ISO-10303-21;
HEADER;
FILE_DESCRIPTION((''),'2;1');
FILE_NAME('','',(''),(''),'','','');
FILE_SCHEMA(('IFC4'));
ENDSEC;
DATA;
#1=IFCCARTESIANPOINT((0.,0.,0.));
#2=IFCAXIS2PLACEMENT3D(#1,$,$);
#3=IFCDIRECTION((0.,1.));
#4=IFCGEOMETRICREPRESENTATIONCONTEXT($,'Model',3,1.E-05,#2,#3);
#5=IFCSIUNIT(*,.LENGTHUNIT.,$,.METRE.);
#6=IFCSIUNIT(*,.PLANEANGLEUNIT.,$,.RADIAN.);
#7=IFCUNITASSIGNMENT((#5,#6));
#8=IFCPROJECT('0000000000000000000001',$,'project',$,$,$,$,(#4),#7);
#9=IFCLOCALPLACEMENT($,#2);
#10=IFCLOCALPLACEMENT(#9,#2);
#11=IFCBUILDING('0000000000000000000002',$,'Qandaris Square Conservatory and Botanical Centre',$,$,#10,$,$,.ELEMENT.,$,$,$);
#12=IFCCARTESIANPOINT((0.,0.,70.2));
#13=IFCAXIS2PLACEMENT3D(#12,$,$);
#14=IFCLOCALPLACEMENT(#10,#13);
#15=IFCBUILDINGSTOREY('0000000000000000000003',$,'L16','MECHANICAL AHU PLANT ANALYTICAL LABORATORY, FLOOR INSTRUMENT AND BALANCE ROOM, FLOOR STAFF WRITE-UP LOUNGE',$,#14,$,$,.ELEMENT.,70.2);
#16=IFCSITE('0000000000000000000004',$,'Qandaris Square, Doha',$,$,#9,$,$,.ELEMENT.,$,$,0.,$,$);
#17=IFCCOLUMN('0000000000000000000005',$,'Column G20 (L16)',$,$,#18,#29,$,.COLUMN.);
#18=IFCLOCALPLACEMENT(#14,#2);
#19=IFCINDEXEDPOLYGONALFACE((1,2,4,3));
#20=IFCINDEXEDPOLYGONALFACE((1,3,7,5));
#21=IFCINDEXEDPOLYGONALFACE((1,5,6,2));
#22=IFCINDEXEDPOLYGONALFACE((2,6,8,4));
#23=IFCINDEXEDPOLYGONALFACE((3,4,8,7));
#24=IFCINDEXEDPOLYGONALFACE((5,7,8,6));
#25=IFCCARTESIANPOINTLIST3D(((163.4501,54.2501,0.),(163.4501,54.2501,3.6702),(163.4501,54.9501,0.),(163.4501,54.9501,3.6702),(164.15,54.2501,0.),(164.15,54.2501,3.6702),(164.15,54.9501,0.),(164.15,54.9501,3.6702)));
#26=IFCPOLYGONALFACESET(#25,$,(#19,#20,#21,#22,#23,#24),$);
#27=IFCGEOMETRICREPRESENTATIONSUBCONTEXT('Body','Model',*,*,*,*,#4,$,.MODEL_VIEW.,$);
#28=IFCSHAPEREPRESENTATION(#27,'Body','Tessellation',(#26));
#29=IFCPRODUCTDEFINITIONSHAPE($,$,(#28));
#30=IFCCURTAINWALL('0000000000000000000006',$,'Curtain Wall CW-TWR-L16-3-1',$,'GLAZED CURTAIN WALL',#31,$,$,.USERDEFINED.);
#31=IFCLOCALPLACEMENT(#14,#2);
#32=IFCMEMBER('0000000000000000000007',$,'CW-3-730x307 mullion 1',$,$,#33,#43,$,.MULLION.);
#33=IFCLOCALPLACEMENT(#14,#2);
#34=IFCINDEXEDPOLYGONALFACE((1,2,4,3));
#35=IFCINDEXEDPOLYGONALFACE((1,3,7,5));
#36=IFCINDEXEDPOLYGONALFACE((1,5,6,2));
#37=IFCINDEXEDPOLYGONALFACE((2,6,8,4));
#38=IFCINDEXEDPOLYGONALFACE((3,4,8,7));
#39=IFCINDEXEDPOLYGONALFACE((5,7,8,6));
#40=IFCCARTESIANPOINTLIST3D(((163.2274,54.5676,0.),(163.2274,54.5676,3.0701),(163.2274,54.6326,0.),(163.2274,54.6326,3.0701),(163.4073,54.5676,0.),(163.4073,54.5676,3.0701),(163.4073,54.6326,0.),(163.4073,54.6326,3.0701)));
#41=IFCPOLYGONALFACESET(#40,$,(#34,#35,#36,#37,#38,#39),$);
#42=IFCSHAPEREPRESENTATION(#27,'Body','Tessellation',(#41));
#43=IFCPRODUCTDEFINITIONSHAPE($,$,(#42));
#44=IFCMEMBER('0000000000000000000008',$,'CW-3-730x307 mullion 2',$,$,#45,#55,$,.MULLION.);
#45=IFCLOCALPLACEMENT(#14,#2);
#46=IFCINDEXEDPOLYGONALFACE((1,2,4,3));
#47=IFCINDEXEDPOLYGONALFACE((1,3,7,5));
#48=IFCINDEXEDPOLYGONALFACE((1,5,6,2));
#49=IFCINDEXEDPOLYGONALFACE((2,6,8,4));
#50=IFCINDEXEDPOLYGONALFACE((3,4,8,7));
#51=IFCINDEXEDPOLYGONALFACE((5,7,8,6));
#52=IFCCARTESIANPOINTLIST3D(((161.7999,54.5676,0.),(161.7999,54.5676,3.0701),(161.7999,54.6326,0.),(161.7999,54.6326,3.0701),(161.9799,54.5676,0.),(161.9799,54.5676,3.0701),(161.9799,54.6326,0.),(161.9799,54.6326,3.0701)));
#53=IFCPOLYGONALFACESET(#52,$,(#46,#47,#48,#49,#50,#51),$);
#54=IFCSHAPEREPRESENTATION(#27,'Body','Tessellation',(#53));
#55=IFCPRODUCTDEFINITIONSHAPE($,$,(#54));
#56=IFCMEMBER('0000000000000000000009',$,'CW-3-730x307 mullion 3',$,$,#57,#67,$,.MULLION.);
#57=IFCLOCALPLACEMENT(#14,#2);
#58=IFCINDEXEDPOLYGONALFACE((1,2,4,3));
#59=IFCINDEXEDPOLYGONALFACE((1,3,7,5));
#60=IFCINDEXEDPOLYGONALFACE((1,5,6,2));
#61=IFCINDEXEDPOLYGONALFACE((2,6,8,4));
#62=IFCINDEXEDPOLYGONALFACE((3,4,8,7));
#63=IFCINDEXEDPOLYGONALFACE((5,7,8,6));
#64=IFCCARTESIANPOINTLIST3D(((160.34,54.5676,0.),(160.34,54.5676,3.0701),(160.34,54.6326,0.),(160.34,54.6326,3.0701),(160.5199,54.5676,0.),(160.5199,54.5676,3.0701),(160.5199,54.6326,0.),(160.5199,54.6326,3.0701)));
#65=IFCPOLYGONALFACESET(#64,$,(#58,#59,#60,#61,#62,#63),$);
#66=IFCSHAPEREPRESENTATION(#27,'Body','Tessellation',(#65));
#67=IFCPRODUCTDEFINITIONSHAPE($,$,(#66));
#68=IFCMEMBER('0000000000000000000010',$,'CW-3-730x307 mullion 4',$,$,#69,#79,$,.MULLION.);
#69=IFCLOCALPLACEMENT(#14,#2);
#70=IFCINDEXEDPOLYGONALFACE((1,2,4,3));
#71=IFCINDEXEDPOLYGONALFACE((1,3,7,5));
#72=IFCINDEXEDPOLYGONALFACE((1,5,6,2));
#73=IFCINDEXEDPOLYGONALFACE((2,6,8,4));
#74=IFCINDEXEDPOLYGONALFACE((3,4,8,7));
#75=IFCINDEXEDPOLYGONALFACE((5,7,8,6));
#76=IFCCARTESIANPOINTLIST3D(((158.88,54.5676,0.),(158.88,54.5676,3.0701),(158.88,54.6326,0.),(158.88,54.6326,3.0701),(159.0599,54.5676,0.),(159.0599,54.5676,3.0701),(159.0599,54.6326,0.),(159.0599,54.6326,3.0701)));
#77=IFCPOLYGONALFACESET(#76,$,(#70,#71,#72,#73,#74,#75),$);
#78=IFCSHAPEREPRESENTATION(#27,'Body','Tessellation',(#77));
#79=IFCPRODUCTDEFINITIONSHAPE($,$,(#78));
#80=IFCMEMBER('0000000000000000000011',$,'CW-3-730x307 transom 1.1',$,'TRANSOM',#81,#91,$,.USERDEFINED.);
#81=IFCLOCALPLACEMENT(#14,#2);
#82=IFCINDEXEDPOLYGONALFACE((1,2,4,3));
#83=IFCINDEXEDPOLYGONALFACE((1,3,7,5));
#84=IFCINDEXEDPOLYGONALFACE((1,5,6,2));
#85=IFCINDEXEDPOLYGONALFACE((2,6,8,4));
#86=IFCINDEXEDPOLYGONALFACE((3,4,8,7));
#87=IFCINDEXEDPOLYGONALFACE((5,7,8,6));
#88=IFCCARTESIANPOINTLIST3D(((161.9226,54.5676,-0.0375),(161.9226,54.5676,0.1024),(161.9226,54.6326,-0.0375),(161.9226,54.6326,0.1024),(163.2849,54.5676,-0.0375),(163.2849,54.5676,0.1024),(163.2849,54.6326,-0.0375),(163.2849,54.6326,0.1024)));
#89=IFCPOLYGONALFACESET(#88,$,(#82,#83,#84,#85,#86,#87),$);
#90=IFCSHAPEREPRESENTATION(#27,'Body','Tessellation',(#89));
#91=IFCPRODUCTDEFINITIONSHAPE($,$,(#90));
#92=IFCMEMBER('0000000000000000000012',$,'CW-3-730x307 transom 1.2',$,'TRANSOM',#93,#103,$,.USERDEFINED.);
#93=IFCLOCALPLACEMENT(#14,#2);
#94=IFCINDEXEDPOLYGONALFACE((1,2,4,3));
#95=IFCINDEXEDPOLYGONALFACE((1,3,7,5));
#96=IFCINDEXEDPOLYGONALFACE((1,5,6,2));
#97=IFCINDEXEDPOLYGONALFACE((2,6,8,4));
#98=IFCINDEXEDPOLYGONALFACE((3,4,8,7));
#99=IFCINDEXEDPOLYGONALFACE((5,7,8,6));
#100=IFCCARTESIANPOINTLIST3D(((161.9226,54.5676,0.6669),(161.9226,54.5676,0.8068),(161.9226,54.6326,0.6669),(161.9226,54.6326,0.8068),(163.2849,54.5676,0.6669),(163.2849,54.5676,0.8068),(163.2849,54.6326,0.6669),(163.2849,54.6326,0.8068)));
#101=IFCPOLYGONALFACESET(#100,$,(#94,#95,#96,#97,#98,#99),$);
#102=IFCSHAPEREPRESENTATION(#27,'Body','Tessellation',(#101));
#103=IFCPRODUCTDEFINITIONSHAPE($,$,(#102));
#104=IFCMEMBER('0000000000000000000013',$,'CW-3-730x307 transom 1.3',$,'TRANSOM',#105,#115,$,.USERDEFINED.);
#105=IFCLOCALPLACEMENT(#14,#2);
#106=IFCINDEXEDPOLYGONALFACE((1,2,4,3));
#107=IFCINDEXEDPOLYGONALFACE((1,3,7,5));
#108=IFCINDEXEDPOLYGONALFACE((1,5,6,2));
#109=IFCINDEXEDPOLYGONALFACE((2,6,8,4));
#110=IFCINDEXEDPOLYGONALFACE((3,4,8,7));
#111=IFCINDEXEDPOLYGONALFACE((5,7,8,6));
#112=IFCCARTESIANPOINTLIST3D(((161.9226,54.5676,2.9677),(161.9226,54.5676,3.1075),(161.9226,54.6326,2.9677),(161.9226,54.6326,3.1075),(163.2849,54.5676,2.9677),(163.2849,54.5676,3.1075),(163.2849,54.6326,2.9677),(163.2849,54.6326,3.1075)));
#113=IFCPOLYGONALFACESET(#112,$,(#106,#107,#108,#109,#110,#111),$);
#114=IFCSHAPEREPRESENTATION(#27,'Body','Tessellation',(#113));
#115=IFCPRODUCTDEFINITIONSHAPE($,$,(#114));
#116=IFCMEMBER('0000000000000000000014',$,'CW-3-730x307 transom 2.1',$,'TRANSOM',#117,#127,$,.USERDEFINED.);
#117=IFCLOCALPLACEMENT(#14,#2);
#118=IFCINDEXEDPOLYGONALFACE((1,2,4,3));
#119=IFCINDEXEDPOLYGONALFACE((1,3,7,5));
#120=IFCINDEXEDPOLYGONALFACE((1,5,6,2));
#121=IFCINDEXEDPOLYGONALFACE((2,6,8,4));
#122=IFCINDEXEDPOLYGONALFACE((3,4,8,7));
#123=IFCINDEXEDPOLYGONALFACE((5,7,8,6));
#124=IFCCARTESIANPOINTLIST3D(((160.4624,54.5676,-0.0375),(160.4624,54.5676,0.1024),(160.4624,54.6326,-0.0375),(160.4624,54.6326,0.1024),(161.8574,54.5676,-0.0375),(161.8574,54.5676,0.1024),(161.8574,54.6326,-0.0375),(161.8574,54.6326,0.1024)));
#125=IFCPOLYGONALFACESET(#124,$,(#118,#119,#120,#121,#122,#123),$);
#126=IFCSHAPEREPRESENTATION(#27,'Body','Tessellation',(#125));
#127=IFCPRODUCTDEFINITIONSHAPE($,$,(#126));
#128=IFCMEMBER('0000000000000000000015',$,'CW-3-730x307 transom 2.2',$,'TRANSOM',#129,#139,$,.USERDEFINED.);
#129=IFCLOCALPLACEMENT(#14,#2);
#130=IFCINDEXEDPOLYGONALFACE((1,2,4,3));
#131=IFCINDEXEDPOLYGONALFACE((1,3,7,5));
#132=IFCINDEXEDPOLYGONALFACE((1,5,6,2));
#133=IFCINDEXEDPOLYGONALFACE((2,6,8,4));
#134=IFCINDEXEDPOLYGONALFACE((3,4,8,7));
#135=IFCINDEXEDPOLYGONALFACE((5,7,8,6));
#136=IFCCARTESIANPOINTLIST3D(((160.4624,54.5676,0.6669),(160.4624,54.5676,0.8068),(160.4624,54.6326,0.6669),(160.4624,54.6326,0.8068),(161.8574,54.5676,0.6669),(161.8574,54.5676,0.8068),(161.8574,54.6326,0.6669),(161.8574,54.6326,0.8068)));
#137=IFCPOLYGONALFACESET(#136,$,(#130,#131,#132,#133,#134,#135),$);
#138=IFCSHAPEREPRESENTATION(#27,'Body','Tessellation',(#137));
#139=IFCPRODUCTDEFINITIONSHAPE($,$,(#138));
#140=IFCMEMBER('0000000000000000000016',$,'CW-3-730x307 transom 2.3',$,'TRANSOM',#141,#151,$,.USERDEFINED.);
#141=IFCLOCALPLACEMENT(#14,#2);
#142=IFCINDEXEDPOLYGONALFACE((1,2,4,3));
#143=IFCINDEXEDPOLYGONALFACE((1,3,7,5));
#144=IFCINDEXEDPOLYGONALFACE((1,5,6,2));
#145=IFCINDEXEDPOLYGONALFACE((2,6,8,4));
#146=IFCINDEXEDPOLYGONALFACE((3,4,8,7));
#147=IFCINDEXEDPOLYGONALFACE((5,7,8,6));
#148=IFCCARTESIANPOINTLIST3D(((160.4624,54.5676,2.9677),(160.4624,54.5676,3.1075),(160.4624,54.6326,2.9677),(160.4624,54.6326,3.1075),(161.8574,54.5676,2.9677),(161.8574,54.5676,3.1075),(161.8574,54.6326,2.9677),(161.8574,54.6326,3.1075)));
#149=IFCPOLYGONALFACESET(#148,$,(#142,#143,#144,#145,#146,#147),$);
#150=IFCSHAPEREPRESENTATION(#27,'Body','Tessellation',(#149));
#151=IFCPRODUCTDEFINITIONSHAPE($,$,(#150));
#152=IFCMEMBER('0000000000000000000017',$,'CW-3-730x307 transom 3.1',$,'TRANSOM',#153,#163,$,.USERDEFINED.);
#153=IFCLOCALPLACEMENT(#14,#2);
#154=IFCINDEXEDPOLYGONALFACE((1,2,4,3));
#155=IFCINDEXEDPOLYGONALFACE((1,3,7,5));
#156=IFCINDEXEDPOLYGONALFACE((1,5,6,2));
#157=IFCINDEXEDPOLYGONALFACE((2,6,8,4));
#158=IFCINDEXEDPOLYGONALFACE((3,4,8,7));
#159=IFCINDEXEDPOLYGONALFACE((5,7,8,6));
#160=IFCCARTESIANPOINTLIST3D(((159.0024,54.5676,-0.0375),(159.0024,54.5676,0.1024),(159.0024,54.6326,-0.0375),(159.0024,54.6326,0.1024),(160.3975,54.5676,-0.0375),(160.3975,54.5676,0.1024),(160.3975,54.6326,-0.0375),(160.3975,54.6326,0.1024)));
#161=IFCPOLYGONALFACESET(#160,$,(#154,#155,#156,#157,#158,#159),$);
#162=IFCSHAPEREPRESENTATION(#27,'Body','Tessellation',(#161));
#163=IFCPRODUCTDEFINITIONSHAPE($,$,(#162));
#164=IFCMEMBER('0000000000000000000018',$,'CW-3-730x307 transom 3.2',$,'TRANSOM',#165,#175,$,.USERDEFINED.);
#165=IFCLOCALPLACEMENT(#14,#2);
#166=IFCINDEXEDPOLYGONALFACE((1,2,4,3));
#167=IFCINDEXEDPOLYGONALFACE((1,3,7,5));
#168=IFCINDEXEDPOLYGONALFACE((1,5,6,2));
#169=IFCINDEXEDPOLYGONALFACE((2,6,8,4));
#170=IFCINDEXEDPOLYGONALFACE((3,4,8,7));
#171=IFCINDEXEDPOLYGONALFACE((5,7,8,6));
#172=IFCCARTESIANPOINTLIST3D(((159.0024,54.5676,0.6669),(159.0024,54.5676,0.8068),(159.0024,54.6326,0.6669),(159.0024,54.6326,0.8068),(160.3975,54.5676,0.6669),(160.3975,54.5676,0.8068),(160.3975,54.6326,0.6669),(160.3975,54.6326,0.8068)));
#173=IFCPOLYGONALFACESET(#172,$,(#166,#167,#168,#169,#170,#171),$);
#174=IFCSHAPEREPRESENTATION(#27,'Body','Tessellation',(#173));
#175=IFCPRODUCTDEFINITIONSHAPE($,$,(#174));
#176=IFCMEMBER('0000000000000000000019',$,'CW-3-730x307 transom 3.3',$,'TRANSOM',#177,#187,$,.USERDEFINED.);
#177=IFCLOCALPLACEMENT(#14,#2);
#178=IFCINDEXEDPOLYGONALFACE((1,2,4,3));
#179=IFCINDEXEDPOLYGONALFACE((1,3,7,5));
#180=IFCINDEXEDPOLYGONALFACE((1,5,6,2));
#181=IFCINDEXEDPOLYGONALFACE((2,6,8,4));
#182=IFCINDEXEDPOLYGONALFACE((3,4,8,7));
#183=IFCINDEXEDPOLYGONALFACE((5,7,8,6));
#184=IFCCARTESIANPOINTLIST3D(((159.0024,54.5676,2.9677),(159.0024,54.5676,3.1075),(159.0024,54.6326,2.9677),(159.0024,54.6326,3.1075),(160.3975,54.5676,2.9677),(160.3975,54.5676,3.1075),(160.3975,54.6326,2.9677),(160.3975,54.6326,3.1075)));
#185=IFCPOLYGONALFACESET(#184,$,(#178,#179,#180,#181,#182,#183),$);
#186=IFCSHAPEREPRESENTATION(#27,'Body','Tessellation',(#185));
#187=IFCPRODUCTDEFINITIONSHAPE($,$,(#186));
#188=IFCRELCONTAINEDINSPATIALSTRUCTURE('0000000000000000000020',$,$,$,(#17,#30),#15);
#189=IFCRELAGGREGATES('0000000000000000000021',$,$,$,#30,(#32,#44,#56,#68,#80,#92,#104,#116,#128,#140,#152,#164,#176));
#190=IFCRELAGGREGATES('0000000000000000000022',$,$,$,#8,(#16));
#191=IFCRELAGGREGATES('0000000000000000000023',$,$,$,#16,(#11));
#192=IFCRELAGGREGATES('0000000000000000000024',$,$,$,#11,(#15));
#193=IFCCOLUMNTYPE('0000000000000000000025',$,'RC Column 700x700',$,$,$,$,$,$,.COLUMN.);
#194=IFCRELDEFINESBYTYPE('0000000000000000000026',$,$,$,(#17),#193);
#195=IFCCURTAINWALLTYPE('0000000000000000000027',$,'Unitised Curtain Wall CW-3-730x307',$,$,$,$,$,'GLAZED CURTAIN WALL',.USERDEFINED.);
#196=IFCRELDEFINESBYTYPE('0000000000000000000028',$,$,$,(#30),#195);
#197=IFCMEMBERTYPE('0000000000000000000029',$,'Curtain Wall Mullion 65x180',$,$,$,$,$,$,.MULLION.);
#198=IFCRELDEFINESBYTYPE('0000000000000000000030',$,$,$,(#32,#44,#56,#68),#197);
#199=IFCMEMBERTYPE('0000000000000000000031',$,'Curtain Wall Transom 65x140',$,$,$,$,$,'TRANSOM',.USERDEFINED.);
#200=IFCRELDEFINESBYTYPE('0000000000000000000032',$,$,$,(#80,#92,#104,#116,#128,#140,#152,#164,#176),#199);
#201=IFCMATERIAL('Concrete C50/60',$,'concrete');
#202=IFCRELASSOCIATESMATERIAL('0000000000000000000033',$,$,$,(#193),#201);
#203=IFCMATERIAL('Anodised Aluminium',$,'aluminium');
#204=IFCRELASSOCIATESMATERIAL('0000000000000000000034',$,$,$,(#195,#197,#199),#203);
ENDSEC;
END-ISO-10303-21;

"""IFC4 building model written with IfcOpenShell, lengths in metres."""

from ifc_helpers import new_model, si_unit, direction, frame, origin, origin_2d, place, context, subcontext, project, spatial, rectangle, extrude, material, material_profile, profile_set, type_object, element, aggregate, save


model = new_model("IFC4")

# Units and contexts
model_context = context("Model", 3, precision=1e-05, world=origin(), true_north=direction((0.0, 1.0)))
body_context = subcontext(model_context, "Body", "Model", "MODEL_VIEW")
ifc_project = project(units=[si_unit("LENGTHUNIT", "METRE"), si_unit("PLANEANGLEUNIT", "RADIAN")], contexts=[model_context])

# Site, building, storey
site_placement = place(None, origin())
site = spatial("IfcSite", under=ifc_project, at=site_placement, Name="Qandaris Square, Doha", CompositionType="ELEMENT", RefElevation=0.0)
building_placement = place(site_placement, origin())
building = spatial("IfcBuilding", under=site, at=building_placement, Name="Qandaris Square Conservatory and Botanical Centre", CompositionType="ELEMENT")
storey_placement = place(building_placement, frame((0.0, 0.0, 70.2)))
storey = spatial("IfcBuildingStorey", under=building, at=storey_placement, Name="L16", Description="MECHANICAL AHU PLANT ANALYTICAL LABORATORY, FLOOR INSTRUMENT AND BALANCE ROOM, FLOOR STAFF WRITE-UP LOUNGE", CompositionType="ELEMENT", Elevation=70.2)

# Column
ifc_material_1 = material(Name="Concrete C50/60", Category="concrete")
ifc_material_profile_1 = material_profile(ifc_material_1, rectangle(XDim=0.7, YDim=0.7, at=origin_2d()), Name="RC-COL 700x700")
ifc_profile_set_1 = profile_set([ifc_material_profile_1], Name="Concrete C50/60")
column_type = type_object("IfcColumnType", Name="RC Column 700x700", PredefinedType="COLUMN", material=ifc_profile_set_1)
column_placement = place(storey_placement, frame((163.8, 54.6001, 0.0), z_axis=(0.0, 0.0, 1.0), x_axis=(1.0, 0.0, 0.0)))
element("IfcColumn", 1, at=column_placement, inside=storey, type_object=column_type, Name="Column G20 (L16)", PredefinedType="COLUMN", context=body_context, shape_type="SweptSolid", body=[
    extrude(rectangle(XDim=0.7, YDim=0.7, at=origin_2d()), origin(), (0.0, 0.0, 1.0), 3.6702),
])

# Curtain wall, members
ifc_material_2 = material(Name="Anodised Aluminium", Category="aluminium")
curtain_wall_type = type_object("IfcCurtainWallType", Name="Unitised Curtain Wall CW-3-730x307", ElementType="GLAZED CURTAIN WALL", PredefinedType="USERDEFINED", material=ifc_material_2)
curtain_wall_placement = place(storey_placement, origin())
curtain_wall = element("IfcCurtainWall", 2, at=curtain_wall_placement, inside=storey, type_object=curtain_wall_type, Name="Curtain Wall CW-TWR-L16-3-1", ObjectType="GLAZED CURTAIN WALL", PredefinedType="USERDEFINED")
ifc_material_profile_2 = material_profile(ifc_material_2, rectangle(XDim=0.0649, YDim=0.1799, at=origin_2d()), Name="ALU-MUL 65x180")
ifc_profile_set_2 = profile_set([ifc_material_profile_2], Name="Anodised Aluminium")
member_type_1 = type_object("IfcMemberType", Name="Curtain Wall Mullion 65x180", PredefinedType="MULLION", material=ifc_profile_set_2)
member_1_placement = place(storey_placement, frame((163.3174, 54.6001, 0.0), z_axis=(0.0, 0.0, 1.0), x_axis=(0.0, -1.0, 0.0)))
member_1 = element("IfcMember", 3, at=member_1_placement, type_object=member_type_1, Name="CW-3-730x307 mullion 1", PredefinedType="MULLION", context=body_context, shape_type="SweptSolid", body=[
    extrude(rectangle(XDim=0.0649, YDim=0.1799, at=origin_2d()), origin(), (0.0, 0.0, 1.0), 3.0701),
])
member_2_placement = place(storey_placement, frame((161.8899, 54.6001, 0.0), z_axis=(0.0, 0.0, 1.0), x_axis=(0.0, -1.0, 0.0)))
member_2 = element("IfcMember", 4, at=member_2_placement, type_object=member_type_1, Name="CW-3-730x307 mullion 2", PredefinedType="MULLION", context=body_context, shape_type="SweptSolid", body=[
    extrude(rectangle(XDim=0.0649, YDim=0.1799, at=origin_2d()), origin(), (0.0, 0.0, 1.0), 3.0701),
])
member_3_placement = place(storey_placement, frame((160.4299, 54.6001, 0.0), z_axis=(0.0, 0.0, 1.0), x_axis=(0.0, -1.0, 0.0)))
member_3 = element("IfcMember", 5, at=member_3_placement, type_object=member_type_1, Name="CW-3-730x307 mullion 3", PredefinedType="MULLION", context=body_context, shape_type="SweptSolid", body=[
    extrude(rectangle(XDim=0.0649, YDim=0.1799, at=origin_2d()), origin(), (0.0, 0.0, 1.0), 3.0701),
])
member_4_placement = place(storey_placement, frame((158.97, 54.6001, 0.0), z_axis=(0.0, 0.0, 1.0), x_axis=(0.0, -1.0, 0.0)))
member_4 = element("IfcMember", 6, at=member_4_placement, type_object=member_type_1, Name="CW-3-730x307 mullion 4", PredefinedType="MULLION", context=body_context, shape_type="SweptSolid", body=[
    extrude(rectangle(XDim=0.0649, YDim=0.1799, at=origin_2d()), origin(), (0.0, 0.0, 1.0), 3.0701),
])
ifc_material_profile_3 = material_profile(ifc_material_2, rectangle(XDim=0.0649, YDim=0.1399, at=origin_2d()), Name="ALU-TRN 65x140")
ifc_profile_set_3 = profile_set([ifc_material_profile_3], Name="Anodised Aluminium")
member_type_2 = type_object("IfcMemberType", Name="Curtain Wall Transom 65x140", ElementType="TRANSOM", PredefinedType="USERDEFINED", material=ifc_profile_set_3)
member_5_placement = place(storey_placement, frame((163.2849, 54.6001, 0.0325), z_axis=(-1.0, 0.0, 0.0), x_axis=(0.0, -1.0, 0.0)))
member_5 = element("IfcMember", 7, at=member_5_placement, type_object=member_type_2, Name="CW-3-730x307 transom 1.1", ObjectType="TRANSOM", PredefinedType="USERDEFINED", context=body_context, shape_type="SweptSolid", body=[
    extrude(rectangle(XDim=0.0649, YDim=0.1399, at=origin_2d()), origin(), (0.0, 0.0, 1.0), 1.3623),
])
member_6_placement = place(storey_placement, frame((163.2849, 54.6001, 0.7368), z_axis=(-1.0, 0.0, 0.0), x_axis=(0.0, -1.0, 0.0)))
member_6 = element("IfcMember", 8, at=member_6_placement, type_object=member_type_2, Name="CW-3-730x307 transom 1.2", ObjectType="TRANSOM", PredefinedType="USERDEFINED", context=body_context, shape_type="SweptSolid", body=[
    extrude(rectangle(XDim=0.0649, YDim=0.1399, at=origin_2d()), origin(), (0.0, 0.0, 1.0), 1.3623),
])
member_7_placement = place(storey_placement, frame((163.2849, 54.6001, 3.0376), z_axis=(-1.0, 0.0, 0.0), x_axis=(0.0, -1.0, 0.0)))
member_7 = element("IfcMember", 9, at=member_7_placement, type_object=member_type_2, Name="CW-3-730x307 transom 1.3", ObjectType="TRANSOM", PredefinedType="USERDEFINED", context=body_context, shape_type="SweptSolid", body=[
    extrude(rectangle(XDim=0.0649, YDim=0.1399, at=origin_2d()), origin(), (0.0, 0.0, 1.0), 1.3623),
])
member_8_placement = place(storey_placement, frame((161.8574, 54.6001, 0.0325), z_axis=(-1.0, 0.0, 0.0), x_axis=(0.0, -1.0, 0.0)))
member_8 = element("IfcMember", 10, at=member_8_placement, type_object=member_type_2, Name="CW-3-730x307 transom 2.1", ObjectType="TRANSOM", PredefinedType="USERDEFINED", context=body_context, shape_type="SweptSolid", body=[
    extrude(rectangle(XDim=0.0649, YDim=0.1399, at=origin_2d()), origin(), (0.0, 0.0, 1.0), 1.395),
])
member_9_placement = place(storey_placement, frame((161.8574, 54.6001, 0.7368), z_axis=(-1.0, 0.0, 0.0), x_axis=(0.0, -1.0, 0.0)))
member_9 = element("IfcMember", 11, at=member_9_placement, type_object=member_type_2, Name="CW-3-730x307 transom 2.2", ObjectType="TRANSOM", PredefinedType="USERDEFINED", context=body_context, shape_type="SweptSolid", body=[
    extrude(rectangle(XDim=0.0649, YDim=0.1399, at=origin_2d()), origin(), (0.0, 0.0, 1.0), 1.395),
])
member_10_placement = place(storey_placement, frame((161.8574, 54.6001, 3.0376), z_axis=(-1.0, 0.0, 0.0), x_axis=(0.0, -1.0, 0.0)))
member_10 = element("IfcMember", 12, at=member_10_placement, type_object=member_type_2, Name="CW-3-730x307 transom 2.3", ObjectType="TRANSOM", PredefinedType="USERDEFINED", context=body_context, shape_type="SweptSolid", body=[
    extrude(rectangle(XDim=0.0649, YDim=0.1399, at=origin_2d()), origin(), (0.0, 0.0, 1.0), 1.395),
])
member_11_placement = place(storey_placement, frame((160.3975, 54.6001, 0.0325), z_axis=(-1.0, 0.0, 0.0), x_axis=(0.0, -1.0, 0.0)))
member_11 = element("IfcMember", 13, at=member_11_placement, type_object=member_type_2, Name="CW-3-730x307 transom 3.1", ObjectType="TRANSOM", PredefinedType="USERDEFINED", context=body_context, shape_type="SweptSolid", body=[
    extrude(rectangle(XDim=0.0649, YDim=0.1399, at=origin_2d()), origin(), (0.0, 0.0, 1.0), 1.395),
])
member_12_placement = place(storey_placement, frame((160.3975, 54.6001, 0.7368), z_axis=(-1.0, 0.0, 0.0), x_axis=(0.0, -1.0, 0.0)))
member_12 = element("IfcMember", 14, at=member_12_placement, type_object=member_type_2, Name="CW-3-730x307 transom 3.2", ObjectType="TRANSOM", PredefinedType="USERDEFINED", context=body_context, shape_type="SweptSolid", body=[
    extrude(rectangle(XDim=0.0649, YDim=0.1399, at=origin_2d()), origin(), (0.0, 0.0, 1.0), 1.395),
])
member_13_placement = place(storey_placement, frame((160.3975, 54.6001, 3.0376), z_axis=(-1.0, 0.0, 0.0), x_axis=(0.0, -1.0, 0.0)))
member_13 = element("IfcMember", 15, at=member_13_placement, type_object=member_type_2, Name="CW-3-730x307 transom 3.3", ObjectType="TRANSOM", PredefinedType="USERDEFINED", context=body_context, shape_type="SweptSolid", body=[
    extrude(rectangle(XDim=0.0649, YDim=0.1399, at=origin_2d()), origin(), (0.0, 0.0, 1.0), 1.395),
])
aggregate(curtain_wall, [member_1, member_2, member_3, member_4, member_5, member_6, member_7, member_8, member_9, member_10, member_11, member_12, member_13])

save(model, "model.ifc")
